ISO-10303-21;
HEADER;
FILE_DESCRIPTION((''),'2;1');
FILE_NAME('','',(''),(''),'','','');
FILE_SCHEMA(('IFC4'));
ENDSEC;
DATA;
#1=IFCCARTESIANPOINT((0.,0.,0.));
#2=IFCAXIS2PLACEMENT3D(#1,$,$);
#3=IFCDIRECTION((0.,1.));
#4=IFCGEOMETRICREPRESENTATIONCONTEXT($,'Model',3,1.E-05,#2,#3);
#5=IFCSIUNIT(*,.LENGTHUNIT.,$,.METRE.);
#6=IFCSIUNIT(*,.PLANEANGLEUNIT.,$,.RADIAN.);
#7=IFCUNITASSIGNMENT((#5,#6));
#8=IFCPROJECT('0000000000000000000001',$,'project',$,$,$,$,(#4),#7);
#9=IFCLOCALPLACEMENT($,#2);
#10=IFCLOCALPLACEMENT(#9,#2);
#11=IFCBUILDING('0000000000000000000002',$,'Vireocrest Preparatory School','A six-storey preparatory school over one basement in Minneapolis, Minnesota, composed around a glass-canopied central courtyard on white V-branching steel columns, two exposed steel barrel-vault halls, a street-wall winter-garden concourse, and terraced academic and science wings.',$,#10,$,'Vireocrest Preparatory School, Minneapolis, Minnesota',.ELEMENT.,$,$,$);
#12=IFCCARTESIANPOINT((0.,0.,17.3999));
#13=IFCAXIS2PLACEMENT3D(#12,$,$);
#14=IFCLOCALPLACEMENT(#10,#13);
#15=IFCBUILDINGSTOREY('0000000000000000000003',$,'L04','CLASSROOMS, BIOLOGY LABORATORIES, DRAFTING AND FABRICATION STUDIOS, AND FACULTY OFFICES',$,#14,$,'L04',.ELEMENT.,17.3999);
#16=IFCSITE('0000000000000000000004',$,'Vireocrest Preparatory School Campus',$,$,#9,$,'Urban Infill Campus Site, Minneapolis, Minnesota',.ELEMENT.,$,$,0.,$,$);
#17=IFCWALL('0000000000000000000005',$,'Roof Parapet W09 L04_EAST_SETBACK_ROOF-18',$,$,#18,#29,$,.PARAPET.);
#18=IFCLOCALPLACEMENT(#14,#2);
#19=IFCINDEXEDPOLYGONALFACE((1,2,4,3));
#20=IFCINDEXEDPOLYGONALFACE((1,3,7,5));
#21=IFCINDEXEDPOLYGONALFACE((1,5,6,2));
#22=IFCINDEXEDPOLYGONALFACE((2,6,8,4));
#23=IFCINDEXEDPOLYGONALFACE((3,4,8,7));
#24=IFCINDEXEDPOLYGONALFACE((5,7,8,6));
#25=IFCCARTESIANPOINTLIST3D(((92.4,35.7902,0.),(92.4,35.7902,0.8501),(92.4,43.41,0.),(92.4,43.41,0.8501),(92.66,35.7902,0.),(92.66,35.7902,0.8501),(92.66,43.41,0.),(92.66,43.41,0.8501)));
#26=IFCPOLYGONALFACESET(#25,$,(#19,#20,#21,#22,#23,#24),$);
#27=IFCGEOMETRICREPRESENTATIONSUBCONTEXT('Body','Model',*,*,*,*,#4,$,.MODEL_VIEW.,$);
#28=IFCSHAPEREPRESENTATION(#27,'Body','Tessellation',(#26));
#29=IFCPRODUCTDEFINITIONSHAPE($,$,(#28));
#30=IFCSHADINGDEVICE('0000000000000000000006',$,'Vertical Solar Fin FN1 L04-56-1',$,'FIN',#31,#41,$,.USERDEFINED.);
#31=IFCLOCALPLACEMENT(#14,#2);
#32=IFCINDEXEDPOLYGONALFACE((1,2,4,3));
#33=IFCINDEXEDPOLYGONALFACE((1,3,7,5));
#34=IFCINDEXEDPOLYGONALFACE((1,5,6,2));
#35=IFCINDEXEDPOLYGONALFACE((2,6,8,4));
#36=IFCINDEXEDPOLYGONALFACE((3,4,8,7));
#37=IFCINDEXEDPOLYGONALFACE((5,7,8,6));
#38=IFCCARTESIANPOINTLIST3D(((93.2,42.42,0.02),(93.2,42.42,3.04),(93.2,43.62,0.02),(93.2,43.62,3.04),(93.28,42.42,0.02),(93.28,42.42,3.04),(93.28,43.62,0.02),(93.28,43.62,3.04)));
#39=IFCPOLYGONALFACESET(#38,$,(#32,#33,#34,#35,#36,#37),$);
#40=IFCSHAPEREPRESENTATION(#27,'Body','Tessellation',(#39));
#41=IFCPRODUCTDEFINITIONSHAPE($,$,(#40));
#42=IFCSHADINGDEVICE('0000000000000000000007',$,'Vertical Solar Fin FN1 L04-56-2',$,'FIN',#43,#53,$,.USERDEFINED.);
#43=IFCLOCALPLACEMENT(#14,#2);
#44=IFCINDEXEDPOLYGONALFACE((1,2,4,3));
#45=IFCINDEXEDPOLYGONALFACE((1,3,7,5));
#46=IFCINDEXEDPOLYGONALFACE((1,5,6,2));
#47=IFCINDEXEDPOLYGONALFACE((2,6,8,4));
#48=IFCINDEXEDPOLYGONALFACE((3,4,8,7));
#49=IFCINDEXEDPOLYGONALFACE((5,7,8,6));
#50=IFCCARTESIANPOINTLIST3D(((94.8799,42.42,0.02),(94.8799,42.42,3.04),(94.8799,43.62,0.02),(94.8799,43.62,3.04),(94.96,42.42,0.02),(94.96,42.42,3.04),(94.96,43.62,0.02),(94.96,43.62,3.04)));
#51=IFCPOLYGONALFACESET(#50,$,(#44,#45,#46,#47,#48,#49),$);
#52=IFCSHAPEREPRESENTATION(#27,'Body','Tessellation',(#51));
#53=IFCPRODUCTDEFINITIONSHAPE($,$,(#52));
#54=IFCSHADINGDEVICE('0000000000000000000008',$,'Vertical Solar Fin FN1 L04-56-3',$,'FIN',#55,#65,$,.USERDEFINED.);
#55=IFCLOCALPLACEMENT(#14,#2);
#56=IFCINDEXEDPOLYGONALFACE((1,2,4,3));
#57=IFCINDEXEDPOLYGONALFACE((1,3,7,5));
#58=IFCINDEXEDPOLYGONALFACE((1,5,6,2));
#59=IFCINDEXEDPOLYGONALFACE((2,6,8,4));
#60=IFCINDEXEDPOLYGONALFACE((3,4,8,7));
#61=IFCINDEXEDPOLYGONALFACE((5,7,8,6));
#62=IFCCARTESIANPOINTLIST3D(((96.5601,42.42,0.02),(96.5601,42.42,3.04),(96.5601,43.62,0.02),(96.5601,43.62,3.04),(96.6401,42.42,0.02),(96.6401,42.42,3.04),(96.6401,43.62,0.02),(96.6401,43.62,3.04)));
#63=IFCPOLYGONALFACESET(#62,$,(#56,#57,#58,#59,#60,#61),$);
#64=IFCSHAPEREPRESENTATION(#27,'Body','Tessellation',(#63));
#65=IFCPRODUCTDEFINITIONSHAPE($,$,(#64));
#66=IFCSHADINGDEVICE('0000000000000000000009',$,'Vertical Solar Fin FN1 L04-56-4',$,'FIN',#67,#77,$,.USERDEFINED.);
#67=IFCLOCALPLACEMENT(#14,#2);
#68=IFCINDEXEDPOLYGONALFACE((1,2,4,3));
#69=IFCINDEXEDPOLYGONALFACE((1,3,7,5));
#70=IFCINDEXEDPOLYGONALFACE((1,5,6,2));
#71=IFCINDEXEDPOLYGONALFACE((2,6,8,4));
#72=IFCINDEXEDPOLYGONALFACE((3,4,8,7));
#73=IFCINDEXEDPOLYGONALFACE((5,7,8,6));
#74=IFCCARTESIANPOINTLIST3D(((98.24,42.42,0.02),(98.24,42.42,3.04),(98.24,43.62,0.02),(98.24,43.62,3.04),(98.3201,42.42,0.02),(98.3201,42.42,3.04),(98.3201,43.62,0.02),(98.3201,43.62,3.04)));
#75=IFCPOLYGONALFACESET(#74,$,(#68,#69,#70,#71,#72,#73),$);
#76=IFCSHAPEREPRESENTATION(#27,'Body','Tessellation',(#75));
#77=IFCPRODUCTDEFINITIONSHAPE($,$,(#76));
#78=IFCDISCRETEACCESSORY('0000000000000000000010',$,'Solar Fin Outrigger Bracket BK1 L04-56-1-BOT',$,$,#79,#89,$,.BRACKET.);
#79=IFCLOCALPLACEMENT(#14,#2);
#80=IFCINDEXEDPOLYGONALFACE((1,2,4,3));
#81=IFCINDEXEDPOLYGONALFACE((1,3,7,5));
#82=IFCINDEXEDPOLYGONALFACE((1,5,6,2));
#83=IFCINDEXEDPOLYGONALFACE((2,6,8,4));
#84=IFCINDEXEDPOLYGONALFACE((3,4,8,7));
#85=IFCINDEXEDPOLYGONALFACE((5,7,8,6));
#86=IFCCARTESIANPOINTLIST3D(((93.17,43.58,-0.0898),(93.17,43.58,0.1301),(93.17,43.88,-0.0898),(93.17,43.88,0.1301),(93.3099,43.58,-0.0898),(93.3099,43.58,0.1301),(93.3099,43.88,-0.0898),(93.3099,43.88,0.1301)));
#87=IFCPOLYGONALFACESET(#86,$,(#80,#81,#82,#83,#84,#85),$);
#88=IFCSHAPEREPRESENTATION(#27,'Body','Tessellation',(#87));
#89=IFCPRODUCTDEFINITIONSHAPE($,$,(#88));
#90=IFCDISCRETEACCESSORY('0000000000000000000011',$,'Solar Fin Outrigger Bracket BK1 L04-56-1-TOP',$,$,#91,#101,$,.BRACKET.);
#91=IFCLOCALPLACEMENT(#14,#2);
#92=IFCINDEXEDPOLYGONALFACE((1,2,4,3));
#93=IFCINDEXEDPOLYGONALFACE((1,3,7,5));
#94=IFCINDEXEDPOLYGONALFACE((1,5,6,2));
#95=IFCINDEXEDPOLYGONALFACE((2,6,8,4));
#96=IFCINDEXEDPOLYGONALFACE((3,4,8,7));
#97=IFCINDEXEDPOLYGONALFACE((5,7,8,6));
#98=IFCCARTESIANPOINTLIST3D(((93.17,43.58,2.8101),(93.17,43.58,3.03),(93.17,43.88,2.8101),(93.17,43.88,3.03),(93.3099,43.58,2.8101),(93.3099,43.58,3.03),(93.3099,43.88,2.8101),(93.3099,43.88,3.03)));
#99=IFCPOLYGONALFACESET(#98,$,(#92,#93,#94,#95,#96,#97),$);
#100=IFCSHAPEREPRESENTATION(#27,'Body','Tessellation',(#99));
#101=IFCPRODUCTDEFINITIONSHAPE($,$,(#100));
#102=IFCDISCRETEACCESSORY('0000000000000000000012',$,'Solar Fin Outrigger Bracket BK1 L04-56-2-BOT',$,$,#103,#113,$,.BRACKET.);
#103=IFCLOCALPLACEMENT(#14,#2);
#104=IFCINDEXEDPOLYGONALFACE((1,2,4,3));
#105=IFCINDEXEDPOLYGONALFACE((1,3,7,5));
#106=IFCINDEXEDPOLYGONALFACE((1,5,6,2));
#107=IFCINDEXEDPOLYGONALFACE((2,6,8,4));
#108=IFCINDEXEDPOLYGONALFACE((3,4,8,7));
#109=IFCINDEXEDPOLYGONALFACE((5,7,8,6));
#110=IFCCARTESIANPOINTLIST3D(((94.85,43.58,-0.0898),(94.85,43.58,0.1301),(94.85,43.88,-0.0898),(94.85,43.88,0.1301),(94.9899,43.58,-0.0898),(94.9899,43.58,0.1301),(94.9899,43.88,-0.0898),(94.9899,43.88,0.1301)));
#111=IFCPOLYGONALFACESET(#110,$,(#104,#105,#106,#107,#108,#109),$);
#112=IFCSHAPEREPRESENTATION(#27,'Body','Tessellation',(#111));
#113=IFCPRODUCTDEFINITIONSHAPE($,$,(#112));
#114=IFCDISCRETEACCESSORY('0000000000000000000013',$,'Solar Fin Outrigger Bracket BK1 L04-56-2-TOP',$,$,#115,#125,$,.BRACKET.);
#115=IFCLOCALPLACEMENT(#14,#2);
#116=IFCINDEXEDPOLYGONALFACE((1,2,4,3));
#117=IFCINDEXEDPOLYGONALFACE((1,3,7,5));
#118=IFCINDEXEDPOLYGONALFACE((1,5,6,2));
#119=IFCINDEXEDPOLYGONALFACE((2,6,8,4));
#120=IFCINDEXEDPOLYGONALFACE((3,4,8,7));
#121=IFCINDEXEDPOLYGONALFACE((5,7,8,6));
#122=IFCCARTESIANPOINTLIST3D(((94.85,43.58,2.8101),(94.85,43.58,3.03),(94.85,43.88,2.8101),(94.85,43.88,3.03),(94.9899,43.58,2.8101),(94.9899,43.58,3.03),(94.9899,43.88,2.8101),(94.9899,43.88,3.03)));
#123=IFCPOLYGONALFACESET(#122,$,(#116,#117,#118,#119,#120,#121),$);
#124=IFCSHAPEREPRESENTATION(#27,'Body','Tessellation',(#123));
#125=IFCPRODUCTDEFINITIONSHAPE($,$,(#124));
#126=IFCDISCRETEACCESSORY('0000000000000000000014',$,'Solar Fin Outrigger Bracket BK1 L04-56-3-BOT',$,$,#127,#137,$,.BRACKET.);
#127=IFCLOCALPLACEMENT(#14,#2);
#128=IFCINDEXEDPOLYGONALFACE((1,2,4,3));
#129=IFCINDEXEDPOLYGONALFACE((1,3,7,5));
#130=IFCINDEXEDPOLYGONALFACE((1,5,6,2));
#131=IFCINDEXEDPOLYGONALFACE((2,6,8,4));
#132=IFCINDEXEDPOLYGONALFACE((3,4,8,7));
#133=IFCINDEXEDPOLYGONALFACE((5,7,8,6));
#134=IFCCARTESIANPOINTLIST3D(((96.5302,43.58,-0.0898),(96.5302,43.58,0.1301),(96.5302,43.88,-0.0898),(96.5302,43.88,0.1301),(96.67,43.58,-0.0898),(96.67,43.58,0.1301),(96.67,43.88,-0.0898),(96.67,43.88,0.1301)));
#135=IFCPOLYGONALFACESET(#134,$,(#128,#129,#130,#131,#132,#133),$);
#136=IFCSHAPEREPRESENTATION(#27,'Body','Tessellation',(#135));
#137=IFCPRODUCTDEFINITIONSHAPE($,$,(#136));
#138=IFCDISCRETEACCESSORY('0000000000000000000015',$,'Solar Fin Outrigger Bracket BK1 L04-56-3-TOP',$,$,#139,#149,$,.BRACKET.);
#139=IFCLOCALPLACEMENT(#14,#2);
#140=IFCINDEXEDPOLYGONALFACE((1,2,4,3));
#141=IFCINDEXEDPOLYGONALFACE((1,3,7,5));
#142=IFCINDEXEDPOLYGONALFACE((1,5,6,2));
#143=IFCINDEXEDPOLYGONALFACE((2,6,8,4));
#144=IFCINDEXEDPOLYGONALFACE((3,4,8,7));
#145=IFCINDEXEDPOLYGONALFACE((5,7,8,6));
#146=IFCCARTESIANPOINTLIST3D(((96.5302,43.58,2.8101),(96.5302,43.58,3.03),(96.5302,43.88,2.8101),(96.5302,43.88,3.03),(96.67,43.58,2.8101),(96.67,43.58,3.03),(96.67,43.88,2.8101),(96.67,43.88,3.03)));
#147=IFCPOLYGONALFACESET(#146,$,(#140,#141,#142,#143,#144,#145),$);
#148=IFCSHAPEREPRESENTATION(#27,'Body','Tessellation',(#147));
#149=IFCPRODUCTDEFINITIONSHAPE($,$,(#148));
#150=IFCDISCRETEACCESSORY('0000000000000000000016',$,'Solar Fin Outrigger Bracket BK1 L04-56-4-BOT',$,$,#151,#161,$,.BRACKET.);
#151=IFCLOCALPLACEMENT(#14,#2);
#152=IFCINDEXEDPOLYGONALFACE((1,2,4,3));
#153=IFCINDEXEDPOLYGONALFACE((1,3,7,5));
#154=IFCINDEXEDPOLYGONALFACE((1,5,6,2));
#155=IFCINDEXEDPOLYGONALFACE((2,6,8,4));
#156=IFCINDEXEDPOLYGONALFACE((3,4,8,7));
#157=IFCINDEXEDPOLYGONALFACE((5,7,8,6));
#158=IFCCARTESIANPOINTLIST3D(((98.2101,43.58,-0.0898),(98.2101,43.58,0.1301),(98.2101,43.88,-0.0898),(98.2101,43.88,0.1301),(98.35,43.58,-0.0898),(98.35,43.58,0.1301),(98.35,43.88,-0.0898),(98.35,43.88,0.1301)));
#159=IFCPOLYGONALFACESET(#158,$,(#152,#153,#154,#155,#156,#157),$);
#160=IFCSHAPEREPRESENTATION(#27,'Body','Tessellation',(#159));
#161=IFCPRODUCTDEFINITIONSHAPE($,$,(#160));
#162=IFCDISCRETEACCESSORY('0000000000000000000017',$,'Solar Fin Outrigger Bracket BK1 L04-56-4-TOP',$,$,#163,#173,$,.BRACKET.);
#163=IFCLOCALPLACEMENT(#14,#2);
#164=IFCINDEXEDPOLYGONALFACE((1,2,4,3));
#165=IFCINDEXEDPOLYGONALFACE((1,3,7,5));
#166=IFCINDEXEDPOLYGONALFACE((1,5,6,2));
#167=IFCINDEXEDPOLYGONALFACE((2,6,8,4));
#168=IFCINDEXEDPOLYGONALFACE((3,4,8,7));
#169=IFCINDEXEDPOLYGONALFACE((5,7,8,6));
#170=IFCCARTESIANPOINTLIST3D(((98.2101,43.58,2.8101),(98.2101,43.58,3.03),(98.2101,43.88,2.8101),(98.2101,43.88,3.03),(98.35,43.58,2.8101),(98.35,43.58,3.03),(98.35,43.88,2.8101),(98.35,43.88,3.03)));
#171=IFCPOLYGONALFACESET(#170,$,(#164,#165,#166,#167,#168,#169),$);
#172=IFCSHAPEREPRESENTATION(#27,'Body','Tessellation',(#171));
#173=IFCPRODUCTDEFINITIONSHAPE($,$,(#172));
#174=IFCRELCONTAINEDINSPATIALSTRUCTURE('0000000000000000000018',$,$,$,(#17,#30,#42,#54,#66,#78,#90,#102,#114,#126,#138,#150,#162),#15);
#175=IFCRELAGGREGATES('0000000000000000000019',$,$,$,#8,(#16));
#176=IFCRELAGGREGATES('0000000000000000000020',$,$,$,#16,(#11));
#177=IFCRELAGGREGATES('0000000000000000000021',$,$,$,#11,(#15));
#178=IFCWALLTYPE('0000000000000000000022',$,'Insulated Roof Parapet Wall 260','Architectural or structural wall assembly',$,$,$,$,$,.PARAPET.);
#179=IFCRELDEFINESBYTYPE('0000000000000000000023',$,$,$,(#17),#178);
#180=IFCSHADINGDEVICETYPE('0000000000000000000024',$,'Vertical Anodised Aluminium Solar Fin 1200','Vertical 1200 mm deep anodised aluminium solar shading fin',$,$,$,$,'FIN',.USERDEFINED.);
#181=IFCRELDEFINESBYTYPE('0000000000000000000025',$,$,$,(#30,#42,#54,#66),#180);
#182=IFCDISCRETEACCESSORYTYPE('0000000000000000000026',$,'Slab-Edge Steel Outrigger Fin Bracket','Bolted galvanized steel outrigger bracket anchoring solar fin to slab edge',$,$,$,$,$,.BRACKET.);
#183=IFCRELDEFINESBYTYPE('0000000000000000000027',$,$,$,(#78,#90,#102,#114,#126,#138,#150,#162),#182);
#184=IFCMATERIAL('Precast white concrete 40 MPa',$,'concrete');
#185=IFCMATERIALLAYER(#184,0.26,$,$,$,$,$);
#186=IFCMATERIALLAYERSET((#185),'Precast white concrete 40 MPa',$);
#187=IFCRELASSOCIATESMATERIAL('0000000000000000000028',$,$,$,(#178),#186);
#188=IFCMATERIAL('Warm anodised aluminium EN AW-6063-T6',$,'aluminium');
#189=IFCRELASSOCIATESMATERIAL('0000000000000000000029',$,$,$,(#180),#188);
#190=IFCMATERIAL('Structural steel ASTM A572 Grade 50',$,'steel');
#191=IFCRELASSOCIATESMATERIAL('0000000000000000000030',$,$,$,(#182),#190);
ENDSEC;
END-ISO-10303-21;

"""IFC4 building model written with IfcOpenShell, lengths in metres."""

from ifc_helpers import new_model, si_unit, direction, frame, frame_2d, origin, origin_2d, place, context, subcontext, project, spatial, rectangle, extrude, material, layer, layer_set, material_profile, profile_set, type_object, element, save


model = new_model("IFC4")

# Units and contexts
model_context = context("Model", 3, precision=1e-05, world=origin(), true_north=direction((0.0, 1.0)))
body_context = subcontext(model_context, "Body", "Model", "MODEL_VIEW")
ifc_project = project(units=[si_unit("LENGTHUNIT", "METRE"), si_unit("PLANEANGLEUNIT", "RADIAN")], contexts=[model_context])

# Site, building, storey
site_placement = place(None, origin())
site = spatial("IfcSite", under=ifc_project, at=site_placement, Name="Vireocrest Preparatory School Campus", LongName="Urban Infill Campus Site, Minneapolis, Minnesota", CompositionType="ELEMENT", RefElevation=0.0)
building_placement = place(site_placement, origin())
building = spatial("IfcBuilding", under=site, at=building_placement, Name="Vireocrest Preparatory School", Description="A six-storey preparatory school over one basement in Minneapolis, Minnesota, composed around a glass-canopied central courtyard on white V-branching steel columns, two exposed steel barrel-vault halls, a street-wall winter-garden concourse, and terraced academic and science wings.", LongName="Vireocrest Preparatory School, Minneapolis, Minnesota", CompositionType="ELEMENT")
storey_placement = place(building_placement, frame((0.0, 0.0, 17.3999)))
storey = spatial("IfcBuildingStorey", under=building, at=storey_placement, Name="L04", Description="CLASSROOMS, BIOLOGY LABORATORIES, DRAFTING AND FABRICATION STUDIOS, AND FACULTY OFFICES", LongName="L04", CompositionType="ELEMENT", Elevation=17.3999)

# Wall
ifc_material_1 = material(Name="Precast white concrete 40 MPa", Category="concrete")
ifc_layer_1 = layer(ifc_material_1, 0.26)
ifc_layer_set_1 = layer_set([ifc_layer_1], Name="Precast white concrete 40 MPa")
wall_type = type_object("IfcWallType", Name="Insulated Roof Parapet Wall 260", Description="Architectural or structural wall assembly", PredefinedType="PARAPET", material=ifc_layer_set_1)
wall_1_placement = place(storey_placement, frame((92.53, 35.79, 0.0), z_axis=(0.0, 0.0, 1.0), x_axis=(0.0, 1.0, 0.0)))
element("IfcWall", 1, at=wall_1_placement, inside=storey, type_object=wall_type, Name="Roof Parapet W09 L04_EAST_SETBACK_ROOF-18", PredefinedType="PARAPET", context=body_context, shape_type="SweptSolid", body=[
    extrude(rectangle(XDim=7.6199, YDim=0.26, at=frame_2d((3.8101, 0.0))), origin(), (0.0, 0.0, 1.0), 0.8501),
])

# Shading devices
ifc_material_2 = material(Name="Warm anodised aluminium EN AW-6063-T6", Category="aluminium")
ifc_material_profile_1 = material_profile(ifc_material_2, rectangle(XDim=0.0801, YDim=1.2, at=origin_2d()), Name="FIN 80x1200")
ifc_profile_set_1 = profile_set([ifc_material_profile_1], Name="Warm anodised aluminium EN AW-6063-T6")
shading_device_type = type_object("IfcShadingDeviceType", Name="Vertical Anodised Aluminium Solar Fin 1200", Description="Vertical 1200 mm deep anodised aluminium solar shading fin", ElementType="FIN", PredefinedType="USERDEFINED", material=ifc_profile_set_1)
for number, where, z_axis, x_axis, name in (
    (2, (93.24, 43.02, 0.02), (0.0, 0.0, 1.0), (-1.0, 0.0, 0.0), "Vertical Solar Fin FN1 L04-56-1"),
    (3, (94.9199, 43.02, 0.02), (0.0, 0.0, 1.0), (-1.0, 0.0, 0.0), "Vertical Solar Fin FN1 L04-56-2"),
    (4, (96.6001, 43.02, 0.02), (0.0, 0.0, 1.0), (-1.0, 0.0, 0.0), "Vertical Solar Fin FN1 L04-56-3"),
    (5, (98.28, 43.02, 0.02), (0.0, 0.0, 1.0), (-1.0, 0.0, 0.0), "Vertical Solar Fin FN1 L04-56-4"),
):
    element("IfcShadingDevice", number, at=place(storey_placement, frame(where, z_axis=z_axis, x_axis=x_axis)), inside=storey, type_object=shading_device_type, Name=name, ObjectType="FIN", PredefinedType="USERDEFINED", context=body_context, shape_type="SweptSolid", body=[
        extrude(rectangle(XDim=0.0801, YDim=1.2, at=origin_2d()), origin(), (0.0, 0.0, 1.0), 3.02),
    ])

# Discrete accessories
ifc_material_3 = material(Name="Structural steel ASTM A572 Grade 50", Category="steel")
discrete_accessory_type = type_object("IfcDiscreteAccessoryType", Name="Slab-Edge Steel Outrigger Fin Bracket", Description="Bolted galvanized steel outrigger bracket anchoring solar fin to slab edge", PredefinedType="BRACKET", material=ifc_material_3)
for number, where, z_axis, x_axis, name in (
    (6, (93.24, 43.73, -0.0898), (0.0, 0.0, 1.0), (-1.0, 0.0, 0.0), "Solar Fin Outrigger Bracket BK1 L04-56-1-BOT"),
    (7, (93.24, 43.73, 2.8101), (0.0, 0.0, 1.0), (-1.0, 0.0, 0.0), "Solar Fin Outrigger Bracket BK1 L04-56-1-TOP"),
    (8, (94.9199, 43.73, -0.0898), (0.0, 0.0, 1.0), (-1.0, 0.0, 0.0), "Solar Fin Outrigger Bracket BK1 L04-56-2-BOT"),
    (9, (94.9199, 43.73, 2.8101), (0.0, 0.0, 1.0), (-1.0, 0.0, 0.0), "Solar Fin Outrigger Bracket BK1 L04-56-2-TOP"),
    (10, (96.6001, 43.73, -0.0898), (0.0, 0.0, 1.0), (-1.0, 0.0, 0.0), "Solar Fin Outrigger Bracket BK1 L04-56-3-BOT"),
    (11, (96.6001, 43.73, 2.8101), (0.0, 0.0, 1.0), (-1.0, 0.0, 0.0), "Solar Fin Outrigger Bracket BK1 L04-56-3-TOP"),
    (12, (98.28, 43.73, -0.0898), (0.0, 0.0, 1.0), (-1.0, 0.0, 0.0), "Solar Fin Outrigger Bracket BK1 L04-56-4-BOT"),
    (13, (98.28, 43.73, 2.8101), (0.0, 0.0, 1.0), (-1.0, 0.0, 0.0), "Solar Fin Outrigger Bracket BK1 L04-56-4-TOP"),
):
    element("IfcDiscreteAccessory", number, at=place(storey_placement, frame(where, z_axis=z_axis, x_axis=x_axis)), inside=storey, type_object=discrete_accessory_type, Name=name, PredefinedType="BRACKET", context=body_context, shape_type="SweptSolid", body=[
        extrude(rectangle(XDim=0.1399, YDim=0.3, at=origin_2d()), origin(), (0.0, 0.0, 1.0), 0.22),
    ])

save(model, "model.ifc")
